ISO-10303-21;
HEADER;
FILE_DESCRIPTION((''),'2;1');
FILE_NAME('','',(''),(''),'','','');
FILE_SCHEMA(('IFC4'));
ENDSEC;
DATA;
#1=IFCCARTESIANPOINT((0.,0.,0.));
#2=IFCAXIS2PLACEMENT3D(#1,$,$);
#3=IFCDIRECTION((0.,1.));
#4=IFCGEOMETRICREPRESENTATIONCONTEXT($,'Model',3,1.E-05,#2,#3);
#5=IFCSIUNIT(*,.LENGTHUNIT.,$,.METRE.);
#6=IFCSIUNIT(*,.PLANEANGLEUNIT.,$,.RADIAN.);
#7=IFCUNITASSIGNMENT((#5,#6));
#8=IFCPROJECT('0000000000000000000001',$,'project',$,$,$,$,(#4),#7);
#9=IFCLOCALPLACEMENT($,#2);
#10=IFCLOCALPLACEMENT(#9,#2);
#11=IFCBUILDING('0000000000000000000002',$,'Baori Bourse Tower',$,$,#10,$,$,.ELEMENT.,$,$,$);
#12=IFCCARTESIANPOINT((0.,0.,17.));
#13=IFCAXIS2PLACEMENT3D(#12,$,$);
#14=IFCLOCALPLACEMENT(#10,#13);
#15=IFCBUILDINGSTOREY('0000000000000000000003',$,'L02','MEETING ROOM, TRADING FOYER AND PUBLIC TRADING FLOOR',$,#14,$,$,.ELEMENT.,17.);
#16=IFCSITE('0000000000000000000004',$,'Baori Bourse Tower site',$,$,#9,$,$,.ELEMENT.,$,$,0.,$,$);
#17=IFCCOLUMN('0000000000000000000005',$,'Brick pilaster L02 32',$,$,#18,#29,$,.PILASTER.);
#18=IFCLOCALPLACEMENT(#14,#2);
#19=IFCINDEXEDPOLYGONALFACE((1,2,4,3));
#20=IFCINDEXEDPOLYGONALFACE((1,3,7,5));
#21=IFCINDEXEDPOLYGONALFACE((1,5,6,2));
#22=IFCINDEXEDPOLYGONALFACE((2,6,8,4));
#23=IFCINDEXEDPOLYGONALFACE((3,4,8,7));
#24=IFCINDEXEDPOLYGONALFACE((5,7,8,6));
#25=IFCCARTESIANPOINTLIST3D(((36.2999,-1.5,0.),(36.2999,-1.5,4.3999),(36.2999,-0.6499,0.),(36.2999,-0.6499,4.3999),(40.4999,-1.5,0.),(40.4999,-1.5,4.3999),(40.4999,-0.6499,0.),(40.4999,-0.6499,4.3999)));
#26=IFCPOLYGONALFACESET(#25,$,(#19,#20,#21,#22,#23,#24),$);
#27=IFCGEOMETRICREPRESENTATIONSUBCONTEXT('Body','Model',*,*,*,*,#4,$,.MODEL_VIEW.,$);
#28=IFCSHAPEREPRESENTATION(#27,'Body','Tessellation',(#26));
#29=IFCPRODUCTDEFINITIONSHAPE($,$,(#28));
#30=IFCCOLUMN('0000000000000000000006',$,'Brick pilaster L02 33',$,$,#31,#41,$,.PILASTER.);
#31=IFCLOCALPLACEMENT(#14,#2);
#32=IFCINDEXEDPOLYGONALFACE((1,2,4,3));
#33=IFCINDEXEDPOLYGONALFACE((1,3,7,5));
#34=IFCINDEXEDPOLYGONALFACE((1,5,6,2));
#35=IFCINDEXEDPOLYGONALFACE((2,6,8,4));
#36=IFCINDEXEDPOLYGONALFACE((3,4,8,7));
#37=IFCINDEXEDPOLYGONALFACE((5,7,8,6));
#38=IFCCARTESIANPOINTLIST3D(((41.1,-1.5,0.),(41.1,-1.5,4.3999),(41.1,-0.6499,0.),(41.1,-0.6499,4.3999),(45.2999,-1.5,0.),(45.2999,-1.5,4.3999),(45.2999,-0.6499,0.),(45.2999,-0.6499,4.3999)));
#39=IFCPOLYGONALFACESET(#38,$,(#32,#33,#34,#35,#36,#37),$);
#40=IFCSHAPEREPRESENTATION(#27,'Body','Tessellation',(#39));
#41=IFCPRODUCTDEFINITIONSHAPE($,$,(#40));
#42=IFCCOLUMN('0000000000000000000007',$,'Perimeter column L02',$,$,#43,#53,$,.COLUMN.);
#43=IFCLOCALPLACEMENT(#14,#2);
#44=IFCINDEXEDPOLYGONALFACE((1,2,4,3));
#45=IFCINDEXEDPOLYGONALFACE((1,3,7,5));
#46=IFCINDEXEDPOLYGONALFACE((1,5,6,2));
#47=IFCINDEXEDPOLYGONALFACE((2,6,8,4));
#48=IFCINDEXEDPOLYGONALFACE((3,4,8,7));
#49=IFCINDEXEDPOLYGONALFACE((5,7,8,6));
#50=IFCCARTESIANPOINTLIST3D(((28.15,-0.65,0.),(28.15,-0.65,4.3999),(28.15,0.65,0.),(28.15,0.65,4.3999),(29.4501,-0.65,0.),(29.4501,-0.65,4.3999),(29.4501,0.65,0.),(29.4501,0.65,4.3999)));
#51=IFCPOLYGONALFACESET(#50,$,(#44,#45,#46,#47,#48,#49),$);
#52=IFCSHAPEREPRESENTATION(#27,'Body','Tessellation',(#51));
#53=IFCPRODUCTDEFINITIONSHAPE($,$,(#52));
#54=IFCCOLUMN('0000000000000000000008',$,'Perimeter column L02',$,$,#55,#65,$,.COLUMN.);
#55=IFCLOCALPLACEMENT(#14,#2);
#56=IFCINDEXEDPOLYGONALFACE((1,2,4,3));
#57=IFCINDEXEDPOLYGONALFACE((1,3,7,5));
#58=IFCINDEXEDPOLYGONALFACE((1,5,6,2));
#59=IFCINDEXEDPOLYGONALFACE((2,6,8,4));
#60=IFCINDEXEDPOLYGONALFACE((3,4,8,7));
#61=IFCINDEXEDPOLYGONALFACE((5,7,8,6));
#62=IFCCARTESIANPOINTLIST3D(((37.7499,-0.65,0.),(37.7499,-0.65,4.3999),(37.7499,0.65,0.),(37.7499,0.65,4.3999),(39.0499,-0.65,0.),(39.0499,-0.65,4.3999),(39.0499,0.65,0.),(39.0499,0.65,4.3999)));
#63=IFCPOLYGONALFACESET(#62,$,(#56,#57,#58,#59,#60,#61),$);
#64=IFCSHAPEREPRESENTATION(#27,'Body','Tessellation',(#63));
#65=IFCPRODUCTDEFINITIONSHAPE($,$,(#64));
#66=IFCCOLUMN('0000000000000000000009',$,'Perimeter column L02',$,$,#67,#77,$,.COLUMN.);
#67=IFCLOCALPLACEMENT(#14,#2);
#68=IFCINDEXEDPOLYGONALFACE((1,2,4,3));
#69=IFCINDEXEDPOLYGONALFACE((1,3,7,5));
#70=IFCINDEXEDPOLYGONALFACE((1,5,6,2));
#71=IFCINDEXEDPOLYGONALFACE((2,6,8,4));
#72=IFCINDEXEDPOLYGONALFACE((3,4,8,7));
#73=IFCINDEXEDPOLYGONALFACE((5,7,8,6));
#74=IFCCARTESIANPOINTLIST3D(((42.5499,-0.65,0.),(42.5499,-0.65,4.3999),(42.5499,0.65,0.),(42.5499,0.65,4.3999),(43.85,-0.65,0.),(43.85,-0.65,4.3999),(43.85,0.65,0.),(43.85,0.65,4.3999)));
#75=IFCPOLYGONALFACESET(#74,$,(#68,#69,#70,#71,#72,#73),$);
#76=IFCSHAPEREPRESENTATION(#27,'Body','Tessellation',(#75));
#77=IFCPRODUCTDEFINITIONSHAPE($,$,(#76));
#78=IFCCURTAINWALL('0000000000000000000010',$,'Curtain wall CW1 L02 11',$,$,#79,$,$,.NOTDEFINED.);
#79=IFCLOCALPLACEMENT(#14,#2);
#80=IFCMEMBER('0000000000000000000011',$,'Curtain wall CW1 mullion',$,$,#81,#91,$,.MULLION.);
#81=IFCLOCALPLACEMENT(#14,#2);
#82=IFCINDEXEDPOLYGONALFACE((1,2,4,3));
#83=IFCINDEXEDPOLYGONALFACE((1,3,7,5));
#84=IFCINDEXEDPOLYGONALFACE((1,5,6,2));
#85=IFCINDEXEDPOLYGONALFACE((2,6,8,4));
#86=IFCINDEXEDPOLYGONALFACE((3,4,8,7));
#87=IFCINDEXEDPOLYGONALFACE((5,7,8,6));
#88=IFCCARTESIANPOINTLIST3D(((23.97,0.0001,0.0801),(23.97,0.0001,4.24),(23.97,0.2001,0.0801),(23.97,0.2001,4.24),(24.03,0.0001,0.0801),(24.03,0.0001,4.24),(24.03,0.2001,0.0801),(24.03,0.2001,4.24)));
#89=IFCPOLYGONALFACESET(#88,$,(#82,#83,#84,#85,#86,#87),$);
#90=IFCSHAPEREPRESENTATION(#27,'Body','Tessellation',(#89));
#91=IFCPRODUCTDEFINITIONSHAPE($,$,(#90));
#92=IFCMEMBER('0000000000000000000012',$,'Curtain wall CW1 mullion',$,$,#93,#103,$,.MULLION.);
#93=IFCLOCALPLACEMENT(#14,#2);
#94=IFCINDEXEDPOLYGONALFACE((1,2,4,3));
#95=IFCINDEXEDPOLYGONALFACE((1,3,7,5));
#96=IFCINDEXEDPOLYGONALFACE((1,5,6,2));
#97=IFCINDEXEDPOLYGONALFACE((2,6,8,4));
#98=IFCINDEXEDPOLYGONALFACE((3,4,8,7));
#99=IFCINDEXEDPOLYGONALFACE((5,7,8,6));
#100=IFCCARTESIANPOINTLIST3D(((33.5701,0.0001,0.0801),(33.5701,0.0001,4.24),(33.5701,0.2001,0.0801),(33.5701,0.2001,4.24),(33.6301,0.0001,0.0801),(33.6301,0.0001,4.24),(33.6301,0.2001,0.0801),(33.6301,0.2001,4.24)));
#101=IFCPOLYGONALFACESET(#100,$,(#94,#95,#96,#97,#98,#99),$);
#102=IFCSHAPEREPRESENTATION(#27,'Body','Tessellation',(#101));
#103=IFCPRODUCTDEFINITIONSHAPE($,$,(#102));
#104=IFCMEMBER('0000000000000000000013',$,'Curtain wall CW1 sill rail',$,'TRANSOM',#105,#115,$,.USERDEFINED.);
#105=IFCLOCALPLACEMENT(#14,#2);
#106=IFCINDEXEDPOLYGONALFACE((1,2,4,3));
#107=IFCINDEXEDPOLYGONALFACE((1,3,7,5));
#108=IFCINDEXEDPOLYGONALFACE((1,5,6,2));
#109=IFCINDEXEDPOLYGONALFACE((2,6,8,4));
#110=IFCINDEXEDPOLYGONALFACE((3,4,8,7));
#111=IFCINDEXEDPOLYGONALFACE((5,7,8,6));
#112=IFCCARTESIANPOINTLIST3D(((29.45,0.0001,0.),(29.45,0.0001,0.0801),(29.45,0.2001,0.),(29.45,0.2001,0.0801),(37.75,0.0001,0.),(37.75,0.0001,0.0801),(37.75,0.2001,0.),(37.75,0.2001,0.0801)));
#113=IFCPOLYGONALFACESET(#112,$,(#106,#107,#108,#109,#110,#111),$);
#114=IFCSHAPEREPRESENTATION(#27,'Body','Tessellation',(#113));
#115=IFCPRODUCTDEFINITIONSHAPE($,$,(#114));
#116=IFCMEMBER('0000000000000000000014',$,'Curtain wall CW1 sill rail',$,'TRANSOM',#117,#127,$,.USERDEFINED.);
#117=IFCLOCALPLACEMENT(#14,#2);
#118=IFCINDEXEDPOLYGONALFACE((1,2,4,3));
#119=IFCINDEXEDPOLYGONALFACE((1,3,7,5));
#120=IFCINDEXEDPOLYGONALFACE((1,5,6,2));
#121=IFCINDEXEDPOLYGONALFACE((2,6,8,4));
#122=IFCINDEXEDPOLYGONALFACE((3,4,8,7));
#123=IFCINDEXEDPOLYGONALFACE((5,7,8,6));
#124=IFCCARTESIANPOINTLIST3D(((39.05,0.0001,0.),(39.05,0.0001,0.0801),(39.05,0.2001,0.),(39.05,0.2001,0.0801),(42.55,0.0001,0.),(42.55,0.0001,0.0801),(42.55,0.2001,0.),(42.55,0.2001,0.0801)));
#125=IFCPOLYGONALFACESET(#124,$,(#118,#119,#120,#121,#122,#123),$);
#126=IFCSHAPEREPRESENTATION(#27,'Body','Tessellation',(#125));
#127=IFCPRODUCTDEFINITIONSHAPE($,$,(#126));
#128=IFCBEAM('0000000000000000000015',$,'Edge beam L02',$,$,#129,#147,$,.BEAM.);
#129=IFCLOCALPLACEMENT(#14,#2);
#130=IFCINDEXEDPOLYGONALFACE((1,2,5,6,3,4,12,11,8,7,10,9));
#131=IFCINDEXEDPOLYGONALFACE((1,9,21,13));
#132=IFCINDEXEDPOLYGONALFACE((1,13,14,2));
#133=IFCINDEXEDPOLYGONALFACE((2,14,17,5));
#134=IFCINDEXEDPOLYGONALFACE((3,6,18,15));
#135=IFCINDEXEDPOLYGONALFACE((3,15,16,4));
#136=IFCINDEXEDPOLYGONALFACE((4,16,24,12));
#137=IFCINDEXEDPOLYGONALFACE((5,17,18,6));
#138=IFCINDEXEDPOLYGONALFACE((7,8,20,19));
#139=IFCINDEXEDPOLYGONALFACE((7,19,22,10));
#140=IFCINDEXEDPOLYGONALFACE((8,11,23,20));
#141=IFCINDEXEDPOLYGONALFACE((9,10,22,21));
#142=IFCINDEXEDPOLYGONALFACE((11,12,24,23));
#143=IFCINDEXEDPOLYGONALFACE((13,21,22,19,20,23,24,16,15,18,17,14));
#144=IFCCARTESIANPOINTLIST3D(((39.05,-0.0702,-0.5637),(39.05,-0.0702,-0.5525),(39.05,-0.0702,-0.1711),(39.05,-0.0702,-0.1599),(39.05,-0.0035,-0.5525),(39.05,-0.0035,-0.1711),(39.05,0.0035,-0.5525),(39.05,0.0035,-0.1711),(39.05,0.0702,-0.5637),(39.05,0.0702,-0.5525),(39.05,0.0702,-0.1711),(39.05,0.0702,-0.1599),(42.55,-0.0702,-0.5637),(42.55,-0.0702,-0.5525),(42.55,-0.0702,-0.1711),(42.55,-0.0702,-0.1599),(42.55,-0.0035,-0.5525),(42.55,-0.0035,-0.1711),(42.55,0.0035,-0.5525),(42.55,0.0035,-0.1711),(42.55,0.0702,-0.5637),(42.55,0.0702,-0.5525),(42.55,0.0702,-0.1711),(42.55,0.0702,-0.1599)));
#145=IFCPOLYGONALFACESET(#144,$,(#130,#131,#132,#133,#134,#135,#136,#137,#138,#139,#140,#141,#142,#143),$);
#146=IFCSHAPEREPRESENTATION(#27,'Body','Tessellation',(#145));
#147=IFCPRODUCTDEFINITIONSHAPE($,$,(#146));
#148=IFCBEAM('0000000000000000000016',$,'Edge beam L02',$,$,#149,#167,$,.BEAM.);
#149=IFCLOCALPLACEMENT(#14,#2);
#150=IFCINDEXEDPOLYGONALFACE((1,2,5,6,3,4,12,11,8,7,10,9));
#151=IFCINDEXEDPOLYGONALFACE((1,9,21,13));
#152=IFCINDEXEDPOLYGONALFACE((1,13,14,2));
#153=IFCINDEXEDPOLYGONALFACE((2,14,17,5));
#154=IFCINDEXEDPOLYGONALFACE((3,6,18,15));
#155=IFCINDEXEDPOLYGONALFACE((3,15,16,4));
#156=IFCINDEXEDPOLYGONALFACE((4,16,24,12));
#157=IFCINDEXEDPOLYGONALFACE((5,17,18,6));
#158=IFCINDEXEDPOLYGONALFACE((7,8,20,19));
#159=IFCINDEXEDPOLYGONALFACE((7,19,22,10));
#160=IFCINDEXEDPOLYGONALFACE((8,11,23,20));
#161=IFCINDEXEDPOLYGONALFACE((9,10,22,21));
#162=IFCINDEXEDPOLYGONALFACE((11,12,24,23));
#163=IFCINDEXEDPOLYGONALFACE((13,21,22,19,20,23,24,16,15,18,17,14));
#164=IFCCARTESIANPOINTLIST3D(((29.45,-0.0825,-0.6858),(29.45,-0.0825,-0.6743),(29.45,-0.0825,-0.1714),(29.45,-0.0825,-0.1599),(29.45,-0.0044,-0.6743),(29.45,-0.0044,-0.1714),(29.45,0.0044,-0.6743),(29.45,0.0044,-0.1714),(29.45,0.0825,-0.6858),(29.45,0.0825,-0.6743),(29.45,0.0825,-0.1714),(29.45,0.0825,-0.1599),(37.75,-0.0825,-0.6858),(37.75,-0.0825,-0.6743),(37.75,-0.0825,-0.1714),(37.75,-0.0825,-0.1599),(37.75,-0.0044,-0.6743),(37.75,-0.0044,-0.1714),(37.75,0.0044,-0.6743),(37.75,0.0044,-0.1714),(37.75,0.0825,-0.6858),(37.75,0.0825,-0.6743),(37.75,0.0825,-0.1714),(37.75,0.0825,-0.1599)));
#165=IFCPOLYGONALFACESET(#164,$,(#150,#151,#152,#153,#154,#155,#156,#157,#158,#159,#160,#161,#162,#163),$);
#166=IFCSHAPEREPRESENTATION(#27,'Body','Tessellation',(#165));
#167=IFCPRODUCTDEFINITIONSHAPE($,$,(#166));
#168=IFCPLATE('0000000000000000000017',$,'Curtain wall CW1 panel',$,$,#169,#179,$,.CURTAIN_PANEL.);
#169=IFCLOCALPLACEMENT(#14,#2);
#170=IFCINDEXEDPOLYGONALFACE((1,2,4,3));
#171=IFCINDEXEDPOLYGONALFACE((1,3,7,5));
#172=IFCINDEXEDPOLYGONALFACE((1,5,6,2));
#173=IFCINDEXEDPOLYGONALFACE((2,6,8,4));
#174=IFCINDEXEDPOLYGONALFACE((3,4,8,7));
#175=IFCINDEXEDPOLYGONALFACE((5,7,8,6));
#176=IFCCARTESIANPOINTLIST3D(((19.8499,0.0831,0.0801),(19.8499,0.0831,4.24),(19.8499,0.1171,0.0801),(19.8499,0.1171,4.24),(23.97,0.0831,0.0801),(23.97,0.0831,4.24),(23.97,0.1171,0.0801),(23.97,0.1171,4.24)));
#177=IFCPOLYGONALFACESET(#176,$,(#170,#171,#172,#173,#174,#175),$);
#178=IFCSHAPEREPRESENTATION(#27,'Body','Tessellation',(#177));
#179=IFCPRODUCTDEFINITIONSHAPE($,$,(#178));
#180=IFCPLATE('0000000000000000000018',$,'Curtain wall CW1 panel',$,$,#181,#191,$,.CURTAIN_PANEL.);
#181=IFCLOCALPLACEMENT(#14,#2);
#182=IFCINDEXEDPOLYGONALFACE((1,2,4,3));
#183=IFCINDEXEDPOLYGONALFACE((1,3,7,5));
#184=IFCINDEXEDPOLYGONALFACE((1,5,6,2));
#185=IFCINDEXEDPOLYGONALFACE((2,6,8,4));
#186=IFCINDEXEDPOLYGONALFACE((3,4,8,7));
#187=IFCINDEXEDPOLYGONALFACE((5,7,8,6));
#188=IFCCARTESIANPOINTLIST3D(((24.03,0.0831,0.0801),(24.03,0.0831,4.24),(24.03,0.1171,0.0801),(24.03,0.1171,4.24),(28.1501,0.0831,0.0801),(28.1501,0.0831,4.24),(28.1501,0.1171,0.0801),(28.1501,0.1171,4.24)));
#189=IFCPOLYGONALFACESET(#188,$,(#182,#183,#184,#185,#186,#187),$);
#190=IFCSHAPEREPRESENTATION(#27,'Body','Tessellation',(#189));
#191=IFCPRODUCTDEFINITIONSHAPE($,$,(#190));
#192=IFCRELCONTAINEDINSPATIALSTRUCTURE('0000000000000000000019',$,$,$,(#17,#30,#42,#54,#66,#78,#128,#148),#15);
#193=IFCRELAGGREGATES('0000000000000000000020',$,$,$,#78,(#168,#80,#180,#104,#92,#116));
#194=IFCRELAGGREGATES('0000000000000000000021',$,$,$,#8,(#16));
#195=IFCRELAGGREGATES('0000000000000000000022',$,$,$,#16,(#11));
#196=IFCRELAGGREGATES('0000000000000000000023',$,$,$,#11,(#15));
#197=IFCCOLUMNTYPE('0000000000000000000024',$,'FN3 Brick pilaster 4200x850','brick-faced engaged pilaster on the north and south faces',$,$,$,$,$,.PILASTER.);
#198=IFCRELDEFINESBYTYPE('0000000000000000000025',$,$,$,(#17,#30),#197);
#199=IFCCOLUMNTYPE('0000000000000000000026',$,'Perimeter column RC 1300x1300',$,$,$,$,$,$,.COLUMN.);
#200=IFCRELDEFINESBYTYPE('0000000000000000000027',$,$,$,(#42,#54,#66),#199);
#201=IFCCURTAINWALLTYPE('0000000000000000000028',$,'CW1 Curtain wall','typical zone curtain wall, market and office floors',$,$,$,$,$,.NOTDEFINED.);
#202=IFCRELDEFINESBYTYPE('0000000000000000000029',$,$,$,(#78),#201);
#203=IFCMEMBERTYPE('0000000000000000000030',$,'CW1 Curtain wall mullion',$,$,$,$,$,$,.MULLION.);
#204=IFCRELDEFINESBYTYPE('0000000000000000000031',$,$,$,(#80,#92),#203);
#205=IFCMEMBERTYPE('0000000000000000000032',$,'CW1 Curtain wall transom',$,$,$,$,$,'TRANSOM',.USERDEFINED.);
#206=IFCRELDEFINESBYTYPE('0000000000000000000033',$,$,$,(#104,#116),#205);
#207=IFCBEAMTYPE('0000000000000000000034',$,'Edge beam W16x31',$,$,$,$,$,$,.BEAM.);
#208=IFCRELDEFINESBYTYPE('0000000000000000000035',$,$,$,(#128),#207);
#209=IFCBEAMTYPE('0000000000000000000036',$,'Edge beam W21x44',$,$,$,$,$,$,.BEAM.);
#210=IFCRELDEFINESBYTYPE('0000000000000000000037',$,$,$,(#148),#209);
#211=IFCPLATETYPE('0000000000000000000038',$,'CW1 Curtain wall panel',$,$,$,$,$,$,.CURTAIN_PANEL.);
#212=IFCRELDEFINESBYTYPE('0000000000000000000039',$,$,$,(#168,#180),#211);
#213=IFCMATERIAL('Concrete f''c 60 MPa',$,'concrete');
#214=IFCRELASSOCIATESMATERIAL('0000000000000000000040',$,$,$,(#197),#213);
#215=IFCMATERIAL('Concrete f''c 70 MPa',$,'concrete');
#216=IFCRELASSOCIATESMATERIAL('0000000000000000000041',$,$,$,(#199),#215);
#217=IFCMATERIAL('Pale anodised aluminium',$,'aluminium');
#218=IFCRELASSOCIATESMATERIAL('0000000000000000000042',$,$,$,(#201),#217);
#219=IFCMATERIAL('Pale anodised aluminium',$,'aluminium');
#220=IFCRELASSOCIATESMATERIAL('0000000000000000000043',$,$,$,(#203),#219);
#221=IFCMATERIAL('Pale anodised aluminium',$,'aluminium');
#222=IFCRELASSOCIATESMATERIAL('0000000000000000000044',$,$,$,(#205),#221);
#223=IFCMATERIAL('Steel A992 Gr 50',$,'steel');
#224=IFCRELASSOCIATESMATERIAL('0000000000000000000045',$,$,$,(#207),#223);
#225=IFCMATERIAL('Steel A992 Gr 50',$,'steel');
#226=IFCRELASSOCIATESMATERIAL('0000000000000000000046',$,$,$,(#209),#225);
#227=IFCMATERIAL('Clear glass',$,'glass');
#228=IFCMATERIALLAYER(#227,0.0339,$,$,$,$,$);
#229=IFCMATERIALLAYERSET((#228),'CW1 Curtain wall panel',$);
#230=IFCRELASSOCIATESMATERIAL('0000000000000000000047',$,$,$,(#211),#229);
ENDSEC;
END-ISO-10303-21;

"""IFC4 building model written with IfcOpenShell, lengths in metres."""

from ifc_helpers import new_model, si_unit, direction, frame, origin, origin_2d, place, context, subcontext, project, spatial, rectangle, i_section, extrude, material, layer, layer_set, material_profile, profile_set, type_object, element, aggregate, save


model = new_model("IFC4")

# Units and contexts
model_context = context("Model", 3, precision=1e-05, world=origin(), true_north=direction((0.0, 1.0)))
body_context = subcontext(model_context, "Body", "Model", "MODEL_VIEW")
ifc_project = project(units=[si_unit("LENGTHUNIT", "METRE"), si_unit("PLANEANGLEUNIT", "RADIAN")], contexts=[model_context])

# Site, building, storey
site_placement = place(None, origin())
site = spatial("IfcSite", under=ifc_project, at=site_placement, Name="Baori Bourse Tower site", CompositionType="ELEMENT", RefElevation=0.0)
building_placement = place(site_placement, origin())
building = spatial("IfcBuilding", under=site, at=building_placement, Name="Baori Bourse Tower", CompositionType="ELEMENT")
storey_placement = place(building_placement, frame((0.0, 0.0, 17.0)))
storey = spatial("IfcBuildingStorey", under=building, at=storey_placement, Name="L02", Description="MEETING ROOM, TRADING FOYER AND PUBLIC TRADING FLOOR", CompositionType="ELEMENT", Elevation=17.0)

# Columns
ifc_material_1 = material(Name="Concrete f'c 60 MPa", Category="concrete")
ifc_material_profile_1 = material_profile(ifc_material_1, rectangle(XDim=4.2, YDim=0.8501, at=origin_2d()), Name="RC 4200x850")
ifc_profile_set_1 = profile_set([ifc_material_profile_1], Name="Concrete f'c 60 MPa")
column_type_1 = type_object("IfcColumnType", Name="FN3 Brick pilaster 4200x850", Description="brick-faced engaged pilaster on the north and south faces", PredefinedType="PILASTER", material=ifc_profile_set_1)
for number, where, z_axis, x_axis, name in (
    (1, (38.3999, -1.075, 0.0), (0.0, 0.0, 1.0), (1.0, 0.0, 0.0), "Brick pilaster L02 32"),
    (2, (43.2, -1.075, 0.0), (0.0, 0.0, 1.0), (1.0, 0.0, 0.0), "Brick pilaster L02 33"),
):
    element("IfcColumn", number, at=place(storey_placement, frame(where, z_axis=z_axis, x_axis=x_axis)), inside=storey, type_object=column_type_1, Name=name, PredefinedType="PILASTER", context=body_context, shape_type="SweptSolid", body=[
        extrude(rectangle(XDim=4.2, YDim=0.8501, at=origin_2d()), origin(), (0.0, 0.0, 1.0), 4.3999),
    ])
ifc_material_2 = material(Name="Concrete f'c 70 MPa", Category="concrete")
ifc_material_profile_2 = material_profile(ifc_material_2, rectangle(XDim=1.3, YDim=1.3, at=origin_2d()), Name="RC 1300x1300")
ifc_profile_set_2 = profile_set([ifc_material_profile_2], Name="Concrete f'c 70 MPa")
column_type_2 = type_object("IfcColumnType", Name="Perimeter column RC 1300x1300", PredefinedType="COLUMN", material=ifc_profile_set_2)
for number, where, z_axis, x_axis, name in (
    (3, (28.8, 0.0, 0.0), (0.0, 0.0, 1.0), (1.0, 0.0, 0.0), "Perimeter column L02"),
    (4, (38.3999, 0.0, 0.0), (0.0, 0.0, 1.0), (1.0, 0.0, 0.0), "Perimeter column L02"),
    (5, (43.2, 0.0, 0.0), (0.0, 0.0, 1.0), (1.0, 0.0, 0.0), "Perimeter column L02"),
):
    element("IfcColumn", number, at=place(storey_placement, frame(where, z_axis=z_axis, x_axis=x_axis)), inside=storey, type_object=column_type_2, Name=name, PredefinedType="COLUMN", context=body_context, shape_type="SweptSolid", body=[
        extrude(rectangle(XDim=1.3, YDim=1.3, at=origin_2d()), origin(), (0.0, 0.0, 1.0), 4.3999),
    ])

# Curtain wall, members
ifc_material_3 = material(Name="Pale anodised aluminium", Category="aluminium")
curtain_wall_type = type_object("IfcCurtainWallType", Name="CW1 Curtain wall", Description="typical zone curtain wall, market and office floors", PredefinedType="NOTDEFINED", material=ifc_material_3)
curtain_wall_placement = place(storey_placement, origin())
curtain_wall = element("IfcCurtainWall", 6, at=curtain_wall_placement, inside=storey, type_object=curtain_wall_type, Name="Curtain wall CW1 L02 11", PredefinedType="NOTDEFINED")
ifc_material_4 = material(Name="Pale anodised aluminium", Category="aluminium")
ifc_material_profile_3 = material_profile(ifc_material_4, rectangle(XDim=0.2, YDim=0.0601, at=origin_2d()), Name="Mullion 60x200")
ifc_profile_set_3 = profile_set([ifc_material_profile_3], Name="Pale anodised aluminium")
member_type_1 = type_object("IfcMemberType", Name="CW1 Curtain wall mullion", PredefinedType="MULLION", material=ifc_profile_set_3)
member_1_placement = place(storey_placement, frame((24.0, 0.1001, 0.0801), z_axis=(0.0, 0.0, 1.0), x_axis=(0.0, 1.0, 0.0)))
member_1 = element("IfcMember", 7, at=member_1_placement, type_object=member_type_1, Name="Curtain wall CW1 mullion", PredefinedType="MULLION", context=body_context, shape_type="SweptSolid", body=[
    extrude(rectangle(XDim=0.2, YDim=0.0601, at=origin_2d()), origin(), (0.0, 0.0, 1.0), 4.1599),
])
member_2_placement = place(storey_placement, frame((33.6001, 0.1001, 0.0801), z_axis=(0.0, 0.0, 1.0), x_axis=(0.0, 1.0, 0.0)))
member_2 = element("IfcMember", 8, at=member_2_placement, type_object=member_type_1, Name="Curtain wall CW1 mullion", PredefinedType="MULLION", context=body_context, shape_type="SweptSolid", body=[
    extrude(rectangle(XDim=0.2, YDim=0.0601, at=origin_2d()), origin(), (0.0, 0.0, 1.0), 4.1599),
])
ifc_material_5 = material(Name="Pale anodised aluminium", Category="aluminium")
ifc_material_profile_4 = material_profile(ifc_material_5, rectangle(XDim=0.2, YDim=0.0801, at=origin_2d()), Name="Transom 80x200")
ifc_profile_set_4 = profile_set([ifc_material_profile_4], Name="Pale anodised aluminium")
member_type_2 = type_object("IfcMemberType", Name="CW1 Curtain wall transom", ElementType="TRANSOM", PredefinedType="USERDEFINED", material=ifc_profile_set_4)
member_3_placement = place(storey_placement, frame((29.45, 0.1001, 0.04), z_axis=(1.0, 0.0, 0.0), x_axis=(0.0, 1.0, 0.0)))
member_3 = element("IfcMember", 9, at=member_3_placement, type_object=member_type_2, Name="Curtain wall CW1 sill rail", ObjectType="TRANSOM", PredefinedType="USERDEFINED", context=body_context, shape_type="SweptSolid", body=[
    extrude(rectangle(XDim=0.2, YDim=0.0801, at=origin_2d()), origin(), (0.0, 0.0, 1.0), 8.3),
])
member_4_placement = place(storey_placement, frame((39.05, 0.1001, 0.04), z_axis=(1.0, 0.0, 0.0), x_axis=(0.0, 1.0, 0.0)))
member_4 = element("IfcMember", 10, at=member_4_placement, type_object=member_type_2, Name="Curtain wall CW1 sill rail", ObjectType="TRANSOM", PredefinedType="USERDEFINED", context=body_context, shape_type="SweptSolid", body=[
    extrude(rectangle(XDim=0.2, YDim=0.0801, at=origin_2d()), origin(), (0.0, 0.0, 1.0), 3.5),
])

# Beams
ifc_material_6 = material(Name="Steel A992 Gr 50", Category="steel")
ifc_material_profile_5 = material_profile(ifc_material_6, i_section(OverallWidth=0.1404, OverallDepth=0.4038, WebThickness=0.0071, FlangeThickness=0.0112, at=origin_2d()), Name="W16x31")
ifc_profile_set_5 = profile_set([ifc_material_profile_5], Name="Steel A992 Gr 50")
beam_type_1 = type_object("IfcBeamType", Name="Edge beam W16x31", PredefinedType="BEAM", material=ifc_profile_set_5)
beam_1_placement = place(storey_placement, frame((39.05, 0.0, -0.3618), z_axis=(1.0, 0.0, 0.0), x_axis=(0.0, 1.0, 0.0)))
element("IfcBeam", 11, at=beam_1_placement, inside=storey, type_object=beam_type_1, Name="Edge beam L02", PredefinedType="BEAM", context=body_context, shape_type="SweptSolid", body=[
    extrude(i_section(OverallWidth=0.1404, OverallDepth=0.4038, WebThickness=0.0071, FlangeThickness=0.0112, at=origin_2d()), origin(), (0.0, 0.0, 1.0), 3.5),
])
ifc_material_7 = material(Name="Steel A992 Gr 50", Category="steel")
ifc_material_profile_6 = material_profile(ifc_material_7, i_section(OverallWidth=0.165, OverallDepth=0.5259, WebThickness=0.0088, FlangeThickness=0.0115, at=origin_2d()), Name="W21x44")
ifc_profile_set_6 = profile_set([ifc_material_profile_6], Name="Steel A992 Gr 50")
beam_type_2 = type_object("IfcBeamType", Name="Edge beam W21x44", PredefinedType="BEAM", material=ifc_profile_set_6)
beam_2_placement = place(storey_placement, frame((29.45, 0.0, -0.4229), z_axis=(1.0, 0.0, 0.0), x_axis=(0.0, 1.0, 0.0)))
element("IfcBeam", 12, at=beam_2_placement, inside=storey, type_object=beam_type_2, Name="Edge beam L02", PredefinedType="BEAM", context=body_context, shape_type="SweptSolid", body=[
    extrude(i_section(OverallWidth=0.165, OverallDepth=0.5259, WebThickness=0.0088, FlangeThickness=0.0115, at=origin_2d()), origin(), (0.0, 0.0, 1.0), 8.3),
])

# Plates
ifc_material_8 = material(Name="Clear glass", Category="glass")
ifc_layer_1 = layer(ifc_material_8, 0.0339)
ifc_layer_set_1 = layer_set([ifc_layer_1], Name="CW1 Curtain wall panel")
plate_type = type_object("IfcPlateType", Name="CW1 Curtain wall panel", PredefinedType="CURTAIN_PANEL", material=ifc_layer_set_1)
plate_1_placement = place(storey_placement, frame((21.9099, 0.1001, 0.0801), z_axis=(0.0, 0.0, 1.0), x_axis=(1.0, 0.0, 0.0)))
plate_1 = element("IfcPlate", 13, at=plate_1_placement, type_object=plate_type, Name="Curtain wall CW1 panel", PredefinedType="CURTAIN_PANEL", context=body_context, shape_type="SweptSolid", body=[
    extrude(rectangle(XDim=4.1201, YDim=0.0339, at=origin_2d()), origin(), (0.0, 0.0, 1.0), 4.1599),
])
plate_2_placement = place(storey_placement, frame((26.0901, 0.1001, 0.0801), z_axis=(0.0, 0.0, 1.0), x_axis=(1.0, 0.0, 0.0)))
plate_2 = element("IfcPlate", 14, at=plate_2_placement, type_object=plate_type, Name="Curtain wall CW1 panel", PredefinedType="CURTAIN_PANEL", context=body_context, shape_type="SweptSolid", body=[
    extrude(rectangle(XDim=4.1201, YDim=0.0339, at=origin_2d()), origin(), (0.0, 0.0, 1.0), 4.1599),
])
aggregate(curtain_wall, [plate_1, member_1, plate_2, member_3, member_2, member_4])

save(model, "model.ifc")
